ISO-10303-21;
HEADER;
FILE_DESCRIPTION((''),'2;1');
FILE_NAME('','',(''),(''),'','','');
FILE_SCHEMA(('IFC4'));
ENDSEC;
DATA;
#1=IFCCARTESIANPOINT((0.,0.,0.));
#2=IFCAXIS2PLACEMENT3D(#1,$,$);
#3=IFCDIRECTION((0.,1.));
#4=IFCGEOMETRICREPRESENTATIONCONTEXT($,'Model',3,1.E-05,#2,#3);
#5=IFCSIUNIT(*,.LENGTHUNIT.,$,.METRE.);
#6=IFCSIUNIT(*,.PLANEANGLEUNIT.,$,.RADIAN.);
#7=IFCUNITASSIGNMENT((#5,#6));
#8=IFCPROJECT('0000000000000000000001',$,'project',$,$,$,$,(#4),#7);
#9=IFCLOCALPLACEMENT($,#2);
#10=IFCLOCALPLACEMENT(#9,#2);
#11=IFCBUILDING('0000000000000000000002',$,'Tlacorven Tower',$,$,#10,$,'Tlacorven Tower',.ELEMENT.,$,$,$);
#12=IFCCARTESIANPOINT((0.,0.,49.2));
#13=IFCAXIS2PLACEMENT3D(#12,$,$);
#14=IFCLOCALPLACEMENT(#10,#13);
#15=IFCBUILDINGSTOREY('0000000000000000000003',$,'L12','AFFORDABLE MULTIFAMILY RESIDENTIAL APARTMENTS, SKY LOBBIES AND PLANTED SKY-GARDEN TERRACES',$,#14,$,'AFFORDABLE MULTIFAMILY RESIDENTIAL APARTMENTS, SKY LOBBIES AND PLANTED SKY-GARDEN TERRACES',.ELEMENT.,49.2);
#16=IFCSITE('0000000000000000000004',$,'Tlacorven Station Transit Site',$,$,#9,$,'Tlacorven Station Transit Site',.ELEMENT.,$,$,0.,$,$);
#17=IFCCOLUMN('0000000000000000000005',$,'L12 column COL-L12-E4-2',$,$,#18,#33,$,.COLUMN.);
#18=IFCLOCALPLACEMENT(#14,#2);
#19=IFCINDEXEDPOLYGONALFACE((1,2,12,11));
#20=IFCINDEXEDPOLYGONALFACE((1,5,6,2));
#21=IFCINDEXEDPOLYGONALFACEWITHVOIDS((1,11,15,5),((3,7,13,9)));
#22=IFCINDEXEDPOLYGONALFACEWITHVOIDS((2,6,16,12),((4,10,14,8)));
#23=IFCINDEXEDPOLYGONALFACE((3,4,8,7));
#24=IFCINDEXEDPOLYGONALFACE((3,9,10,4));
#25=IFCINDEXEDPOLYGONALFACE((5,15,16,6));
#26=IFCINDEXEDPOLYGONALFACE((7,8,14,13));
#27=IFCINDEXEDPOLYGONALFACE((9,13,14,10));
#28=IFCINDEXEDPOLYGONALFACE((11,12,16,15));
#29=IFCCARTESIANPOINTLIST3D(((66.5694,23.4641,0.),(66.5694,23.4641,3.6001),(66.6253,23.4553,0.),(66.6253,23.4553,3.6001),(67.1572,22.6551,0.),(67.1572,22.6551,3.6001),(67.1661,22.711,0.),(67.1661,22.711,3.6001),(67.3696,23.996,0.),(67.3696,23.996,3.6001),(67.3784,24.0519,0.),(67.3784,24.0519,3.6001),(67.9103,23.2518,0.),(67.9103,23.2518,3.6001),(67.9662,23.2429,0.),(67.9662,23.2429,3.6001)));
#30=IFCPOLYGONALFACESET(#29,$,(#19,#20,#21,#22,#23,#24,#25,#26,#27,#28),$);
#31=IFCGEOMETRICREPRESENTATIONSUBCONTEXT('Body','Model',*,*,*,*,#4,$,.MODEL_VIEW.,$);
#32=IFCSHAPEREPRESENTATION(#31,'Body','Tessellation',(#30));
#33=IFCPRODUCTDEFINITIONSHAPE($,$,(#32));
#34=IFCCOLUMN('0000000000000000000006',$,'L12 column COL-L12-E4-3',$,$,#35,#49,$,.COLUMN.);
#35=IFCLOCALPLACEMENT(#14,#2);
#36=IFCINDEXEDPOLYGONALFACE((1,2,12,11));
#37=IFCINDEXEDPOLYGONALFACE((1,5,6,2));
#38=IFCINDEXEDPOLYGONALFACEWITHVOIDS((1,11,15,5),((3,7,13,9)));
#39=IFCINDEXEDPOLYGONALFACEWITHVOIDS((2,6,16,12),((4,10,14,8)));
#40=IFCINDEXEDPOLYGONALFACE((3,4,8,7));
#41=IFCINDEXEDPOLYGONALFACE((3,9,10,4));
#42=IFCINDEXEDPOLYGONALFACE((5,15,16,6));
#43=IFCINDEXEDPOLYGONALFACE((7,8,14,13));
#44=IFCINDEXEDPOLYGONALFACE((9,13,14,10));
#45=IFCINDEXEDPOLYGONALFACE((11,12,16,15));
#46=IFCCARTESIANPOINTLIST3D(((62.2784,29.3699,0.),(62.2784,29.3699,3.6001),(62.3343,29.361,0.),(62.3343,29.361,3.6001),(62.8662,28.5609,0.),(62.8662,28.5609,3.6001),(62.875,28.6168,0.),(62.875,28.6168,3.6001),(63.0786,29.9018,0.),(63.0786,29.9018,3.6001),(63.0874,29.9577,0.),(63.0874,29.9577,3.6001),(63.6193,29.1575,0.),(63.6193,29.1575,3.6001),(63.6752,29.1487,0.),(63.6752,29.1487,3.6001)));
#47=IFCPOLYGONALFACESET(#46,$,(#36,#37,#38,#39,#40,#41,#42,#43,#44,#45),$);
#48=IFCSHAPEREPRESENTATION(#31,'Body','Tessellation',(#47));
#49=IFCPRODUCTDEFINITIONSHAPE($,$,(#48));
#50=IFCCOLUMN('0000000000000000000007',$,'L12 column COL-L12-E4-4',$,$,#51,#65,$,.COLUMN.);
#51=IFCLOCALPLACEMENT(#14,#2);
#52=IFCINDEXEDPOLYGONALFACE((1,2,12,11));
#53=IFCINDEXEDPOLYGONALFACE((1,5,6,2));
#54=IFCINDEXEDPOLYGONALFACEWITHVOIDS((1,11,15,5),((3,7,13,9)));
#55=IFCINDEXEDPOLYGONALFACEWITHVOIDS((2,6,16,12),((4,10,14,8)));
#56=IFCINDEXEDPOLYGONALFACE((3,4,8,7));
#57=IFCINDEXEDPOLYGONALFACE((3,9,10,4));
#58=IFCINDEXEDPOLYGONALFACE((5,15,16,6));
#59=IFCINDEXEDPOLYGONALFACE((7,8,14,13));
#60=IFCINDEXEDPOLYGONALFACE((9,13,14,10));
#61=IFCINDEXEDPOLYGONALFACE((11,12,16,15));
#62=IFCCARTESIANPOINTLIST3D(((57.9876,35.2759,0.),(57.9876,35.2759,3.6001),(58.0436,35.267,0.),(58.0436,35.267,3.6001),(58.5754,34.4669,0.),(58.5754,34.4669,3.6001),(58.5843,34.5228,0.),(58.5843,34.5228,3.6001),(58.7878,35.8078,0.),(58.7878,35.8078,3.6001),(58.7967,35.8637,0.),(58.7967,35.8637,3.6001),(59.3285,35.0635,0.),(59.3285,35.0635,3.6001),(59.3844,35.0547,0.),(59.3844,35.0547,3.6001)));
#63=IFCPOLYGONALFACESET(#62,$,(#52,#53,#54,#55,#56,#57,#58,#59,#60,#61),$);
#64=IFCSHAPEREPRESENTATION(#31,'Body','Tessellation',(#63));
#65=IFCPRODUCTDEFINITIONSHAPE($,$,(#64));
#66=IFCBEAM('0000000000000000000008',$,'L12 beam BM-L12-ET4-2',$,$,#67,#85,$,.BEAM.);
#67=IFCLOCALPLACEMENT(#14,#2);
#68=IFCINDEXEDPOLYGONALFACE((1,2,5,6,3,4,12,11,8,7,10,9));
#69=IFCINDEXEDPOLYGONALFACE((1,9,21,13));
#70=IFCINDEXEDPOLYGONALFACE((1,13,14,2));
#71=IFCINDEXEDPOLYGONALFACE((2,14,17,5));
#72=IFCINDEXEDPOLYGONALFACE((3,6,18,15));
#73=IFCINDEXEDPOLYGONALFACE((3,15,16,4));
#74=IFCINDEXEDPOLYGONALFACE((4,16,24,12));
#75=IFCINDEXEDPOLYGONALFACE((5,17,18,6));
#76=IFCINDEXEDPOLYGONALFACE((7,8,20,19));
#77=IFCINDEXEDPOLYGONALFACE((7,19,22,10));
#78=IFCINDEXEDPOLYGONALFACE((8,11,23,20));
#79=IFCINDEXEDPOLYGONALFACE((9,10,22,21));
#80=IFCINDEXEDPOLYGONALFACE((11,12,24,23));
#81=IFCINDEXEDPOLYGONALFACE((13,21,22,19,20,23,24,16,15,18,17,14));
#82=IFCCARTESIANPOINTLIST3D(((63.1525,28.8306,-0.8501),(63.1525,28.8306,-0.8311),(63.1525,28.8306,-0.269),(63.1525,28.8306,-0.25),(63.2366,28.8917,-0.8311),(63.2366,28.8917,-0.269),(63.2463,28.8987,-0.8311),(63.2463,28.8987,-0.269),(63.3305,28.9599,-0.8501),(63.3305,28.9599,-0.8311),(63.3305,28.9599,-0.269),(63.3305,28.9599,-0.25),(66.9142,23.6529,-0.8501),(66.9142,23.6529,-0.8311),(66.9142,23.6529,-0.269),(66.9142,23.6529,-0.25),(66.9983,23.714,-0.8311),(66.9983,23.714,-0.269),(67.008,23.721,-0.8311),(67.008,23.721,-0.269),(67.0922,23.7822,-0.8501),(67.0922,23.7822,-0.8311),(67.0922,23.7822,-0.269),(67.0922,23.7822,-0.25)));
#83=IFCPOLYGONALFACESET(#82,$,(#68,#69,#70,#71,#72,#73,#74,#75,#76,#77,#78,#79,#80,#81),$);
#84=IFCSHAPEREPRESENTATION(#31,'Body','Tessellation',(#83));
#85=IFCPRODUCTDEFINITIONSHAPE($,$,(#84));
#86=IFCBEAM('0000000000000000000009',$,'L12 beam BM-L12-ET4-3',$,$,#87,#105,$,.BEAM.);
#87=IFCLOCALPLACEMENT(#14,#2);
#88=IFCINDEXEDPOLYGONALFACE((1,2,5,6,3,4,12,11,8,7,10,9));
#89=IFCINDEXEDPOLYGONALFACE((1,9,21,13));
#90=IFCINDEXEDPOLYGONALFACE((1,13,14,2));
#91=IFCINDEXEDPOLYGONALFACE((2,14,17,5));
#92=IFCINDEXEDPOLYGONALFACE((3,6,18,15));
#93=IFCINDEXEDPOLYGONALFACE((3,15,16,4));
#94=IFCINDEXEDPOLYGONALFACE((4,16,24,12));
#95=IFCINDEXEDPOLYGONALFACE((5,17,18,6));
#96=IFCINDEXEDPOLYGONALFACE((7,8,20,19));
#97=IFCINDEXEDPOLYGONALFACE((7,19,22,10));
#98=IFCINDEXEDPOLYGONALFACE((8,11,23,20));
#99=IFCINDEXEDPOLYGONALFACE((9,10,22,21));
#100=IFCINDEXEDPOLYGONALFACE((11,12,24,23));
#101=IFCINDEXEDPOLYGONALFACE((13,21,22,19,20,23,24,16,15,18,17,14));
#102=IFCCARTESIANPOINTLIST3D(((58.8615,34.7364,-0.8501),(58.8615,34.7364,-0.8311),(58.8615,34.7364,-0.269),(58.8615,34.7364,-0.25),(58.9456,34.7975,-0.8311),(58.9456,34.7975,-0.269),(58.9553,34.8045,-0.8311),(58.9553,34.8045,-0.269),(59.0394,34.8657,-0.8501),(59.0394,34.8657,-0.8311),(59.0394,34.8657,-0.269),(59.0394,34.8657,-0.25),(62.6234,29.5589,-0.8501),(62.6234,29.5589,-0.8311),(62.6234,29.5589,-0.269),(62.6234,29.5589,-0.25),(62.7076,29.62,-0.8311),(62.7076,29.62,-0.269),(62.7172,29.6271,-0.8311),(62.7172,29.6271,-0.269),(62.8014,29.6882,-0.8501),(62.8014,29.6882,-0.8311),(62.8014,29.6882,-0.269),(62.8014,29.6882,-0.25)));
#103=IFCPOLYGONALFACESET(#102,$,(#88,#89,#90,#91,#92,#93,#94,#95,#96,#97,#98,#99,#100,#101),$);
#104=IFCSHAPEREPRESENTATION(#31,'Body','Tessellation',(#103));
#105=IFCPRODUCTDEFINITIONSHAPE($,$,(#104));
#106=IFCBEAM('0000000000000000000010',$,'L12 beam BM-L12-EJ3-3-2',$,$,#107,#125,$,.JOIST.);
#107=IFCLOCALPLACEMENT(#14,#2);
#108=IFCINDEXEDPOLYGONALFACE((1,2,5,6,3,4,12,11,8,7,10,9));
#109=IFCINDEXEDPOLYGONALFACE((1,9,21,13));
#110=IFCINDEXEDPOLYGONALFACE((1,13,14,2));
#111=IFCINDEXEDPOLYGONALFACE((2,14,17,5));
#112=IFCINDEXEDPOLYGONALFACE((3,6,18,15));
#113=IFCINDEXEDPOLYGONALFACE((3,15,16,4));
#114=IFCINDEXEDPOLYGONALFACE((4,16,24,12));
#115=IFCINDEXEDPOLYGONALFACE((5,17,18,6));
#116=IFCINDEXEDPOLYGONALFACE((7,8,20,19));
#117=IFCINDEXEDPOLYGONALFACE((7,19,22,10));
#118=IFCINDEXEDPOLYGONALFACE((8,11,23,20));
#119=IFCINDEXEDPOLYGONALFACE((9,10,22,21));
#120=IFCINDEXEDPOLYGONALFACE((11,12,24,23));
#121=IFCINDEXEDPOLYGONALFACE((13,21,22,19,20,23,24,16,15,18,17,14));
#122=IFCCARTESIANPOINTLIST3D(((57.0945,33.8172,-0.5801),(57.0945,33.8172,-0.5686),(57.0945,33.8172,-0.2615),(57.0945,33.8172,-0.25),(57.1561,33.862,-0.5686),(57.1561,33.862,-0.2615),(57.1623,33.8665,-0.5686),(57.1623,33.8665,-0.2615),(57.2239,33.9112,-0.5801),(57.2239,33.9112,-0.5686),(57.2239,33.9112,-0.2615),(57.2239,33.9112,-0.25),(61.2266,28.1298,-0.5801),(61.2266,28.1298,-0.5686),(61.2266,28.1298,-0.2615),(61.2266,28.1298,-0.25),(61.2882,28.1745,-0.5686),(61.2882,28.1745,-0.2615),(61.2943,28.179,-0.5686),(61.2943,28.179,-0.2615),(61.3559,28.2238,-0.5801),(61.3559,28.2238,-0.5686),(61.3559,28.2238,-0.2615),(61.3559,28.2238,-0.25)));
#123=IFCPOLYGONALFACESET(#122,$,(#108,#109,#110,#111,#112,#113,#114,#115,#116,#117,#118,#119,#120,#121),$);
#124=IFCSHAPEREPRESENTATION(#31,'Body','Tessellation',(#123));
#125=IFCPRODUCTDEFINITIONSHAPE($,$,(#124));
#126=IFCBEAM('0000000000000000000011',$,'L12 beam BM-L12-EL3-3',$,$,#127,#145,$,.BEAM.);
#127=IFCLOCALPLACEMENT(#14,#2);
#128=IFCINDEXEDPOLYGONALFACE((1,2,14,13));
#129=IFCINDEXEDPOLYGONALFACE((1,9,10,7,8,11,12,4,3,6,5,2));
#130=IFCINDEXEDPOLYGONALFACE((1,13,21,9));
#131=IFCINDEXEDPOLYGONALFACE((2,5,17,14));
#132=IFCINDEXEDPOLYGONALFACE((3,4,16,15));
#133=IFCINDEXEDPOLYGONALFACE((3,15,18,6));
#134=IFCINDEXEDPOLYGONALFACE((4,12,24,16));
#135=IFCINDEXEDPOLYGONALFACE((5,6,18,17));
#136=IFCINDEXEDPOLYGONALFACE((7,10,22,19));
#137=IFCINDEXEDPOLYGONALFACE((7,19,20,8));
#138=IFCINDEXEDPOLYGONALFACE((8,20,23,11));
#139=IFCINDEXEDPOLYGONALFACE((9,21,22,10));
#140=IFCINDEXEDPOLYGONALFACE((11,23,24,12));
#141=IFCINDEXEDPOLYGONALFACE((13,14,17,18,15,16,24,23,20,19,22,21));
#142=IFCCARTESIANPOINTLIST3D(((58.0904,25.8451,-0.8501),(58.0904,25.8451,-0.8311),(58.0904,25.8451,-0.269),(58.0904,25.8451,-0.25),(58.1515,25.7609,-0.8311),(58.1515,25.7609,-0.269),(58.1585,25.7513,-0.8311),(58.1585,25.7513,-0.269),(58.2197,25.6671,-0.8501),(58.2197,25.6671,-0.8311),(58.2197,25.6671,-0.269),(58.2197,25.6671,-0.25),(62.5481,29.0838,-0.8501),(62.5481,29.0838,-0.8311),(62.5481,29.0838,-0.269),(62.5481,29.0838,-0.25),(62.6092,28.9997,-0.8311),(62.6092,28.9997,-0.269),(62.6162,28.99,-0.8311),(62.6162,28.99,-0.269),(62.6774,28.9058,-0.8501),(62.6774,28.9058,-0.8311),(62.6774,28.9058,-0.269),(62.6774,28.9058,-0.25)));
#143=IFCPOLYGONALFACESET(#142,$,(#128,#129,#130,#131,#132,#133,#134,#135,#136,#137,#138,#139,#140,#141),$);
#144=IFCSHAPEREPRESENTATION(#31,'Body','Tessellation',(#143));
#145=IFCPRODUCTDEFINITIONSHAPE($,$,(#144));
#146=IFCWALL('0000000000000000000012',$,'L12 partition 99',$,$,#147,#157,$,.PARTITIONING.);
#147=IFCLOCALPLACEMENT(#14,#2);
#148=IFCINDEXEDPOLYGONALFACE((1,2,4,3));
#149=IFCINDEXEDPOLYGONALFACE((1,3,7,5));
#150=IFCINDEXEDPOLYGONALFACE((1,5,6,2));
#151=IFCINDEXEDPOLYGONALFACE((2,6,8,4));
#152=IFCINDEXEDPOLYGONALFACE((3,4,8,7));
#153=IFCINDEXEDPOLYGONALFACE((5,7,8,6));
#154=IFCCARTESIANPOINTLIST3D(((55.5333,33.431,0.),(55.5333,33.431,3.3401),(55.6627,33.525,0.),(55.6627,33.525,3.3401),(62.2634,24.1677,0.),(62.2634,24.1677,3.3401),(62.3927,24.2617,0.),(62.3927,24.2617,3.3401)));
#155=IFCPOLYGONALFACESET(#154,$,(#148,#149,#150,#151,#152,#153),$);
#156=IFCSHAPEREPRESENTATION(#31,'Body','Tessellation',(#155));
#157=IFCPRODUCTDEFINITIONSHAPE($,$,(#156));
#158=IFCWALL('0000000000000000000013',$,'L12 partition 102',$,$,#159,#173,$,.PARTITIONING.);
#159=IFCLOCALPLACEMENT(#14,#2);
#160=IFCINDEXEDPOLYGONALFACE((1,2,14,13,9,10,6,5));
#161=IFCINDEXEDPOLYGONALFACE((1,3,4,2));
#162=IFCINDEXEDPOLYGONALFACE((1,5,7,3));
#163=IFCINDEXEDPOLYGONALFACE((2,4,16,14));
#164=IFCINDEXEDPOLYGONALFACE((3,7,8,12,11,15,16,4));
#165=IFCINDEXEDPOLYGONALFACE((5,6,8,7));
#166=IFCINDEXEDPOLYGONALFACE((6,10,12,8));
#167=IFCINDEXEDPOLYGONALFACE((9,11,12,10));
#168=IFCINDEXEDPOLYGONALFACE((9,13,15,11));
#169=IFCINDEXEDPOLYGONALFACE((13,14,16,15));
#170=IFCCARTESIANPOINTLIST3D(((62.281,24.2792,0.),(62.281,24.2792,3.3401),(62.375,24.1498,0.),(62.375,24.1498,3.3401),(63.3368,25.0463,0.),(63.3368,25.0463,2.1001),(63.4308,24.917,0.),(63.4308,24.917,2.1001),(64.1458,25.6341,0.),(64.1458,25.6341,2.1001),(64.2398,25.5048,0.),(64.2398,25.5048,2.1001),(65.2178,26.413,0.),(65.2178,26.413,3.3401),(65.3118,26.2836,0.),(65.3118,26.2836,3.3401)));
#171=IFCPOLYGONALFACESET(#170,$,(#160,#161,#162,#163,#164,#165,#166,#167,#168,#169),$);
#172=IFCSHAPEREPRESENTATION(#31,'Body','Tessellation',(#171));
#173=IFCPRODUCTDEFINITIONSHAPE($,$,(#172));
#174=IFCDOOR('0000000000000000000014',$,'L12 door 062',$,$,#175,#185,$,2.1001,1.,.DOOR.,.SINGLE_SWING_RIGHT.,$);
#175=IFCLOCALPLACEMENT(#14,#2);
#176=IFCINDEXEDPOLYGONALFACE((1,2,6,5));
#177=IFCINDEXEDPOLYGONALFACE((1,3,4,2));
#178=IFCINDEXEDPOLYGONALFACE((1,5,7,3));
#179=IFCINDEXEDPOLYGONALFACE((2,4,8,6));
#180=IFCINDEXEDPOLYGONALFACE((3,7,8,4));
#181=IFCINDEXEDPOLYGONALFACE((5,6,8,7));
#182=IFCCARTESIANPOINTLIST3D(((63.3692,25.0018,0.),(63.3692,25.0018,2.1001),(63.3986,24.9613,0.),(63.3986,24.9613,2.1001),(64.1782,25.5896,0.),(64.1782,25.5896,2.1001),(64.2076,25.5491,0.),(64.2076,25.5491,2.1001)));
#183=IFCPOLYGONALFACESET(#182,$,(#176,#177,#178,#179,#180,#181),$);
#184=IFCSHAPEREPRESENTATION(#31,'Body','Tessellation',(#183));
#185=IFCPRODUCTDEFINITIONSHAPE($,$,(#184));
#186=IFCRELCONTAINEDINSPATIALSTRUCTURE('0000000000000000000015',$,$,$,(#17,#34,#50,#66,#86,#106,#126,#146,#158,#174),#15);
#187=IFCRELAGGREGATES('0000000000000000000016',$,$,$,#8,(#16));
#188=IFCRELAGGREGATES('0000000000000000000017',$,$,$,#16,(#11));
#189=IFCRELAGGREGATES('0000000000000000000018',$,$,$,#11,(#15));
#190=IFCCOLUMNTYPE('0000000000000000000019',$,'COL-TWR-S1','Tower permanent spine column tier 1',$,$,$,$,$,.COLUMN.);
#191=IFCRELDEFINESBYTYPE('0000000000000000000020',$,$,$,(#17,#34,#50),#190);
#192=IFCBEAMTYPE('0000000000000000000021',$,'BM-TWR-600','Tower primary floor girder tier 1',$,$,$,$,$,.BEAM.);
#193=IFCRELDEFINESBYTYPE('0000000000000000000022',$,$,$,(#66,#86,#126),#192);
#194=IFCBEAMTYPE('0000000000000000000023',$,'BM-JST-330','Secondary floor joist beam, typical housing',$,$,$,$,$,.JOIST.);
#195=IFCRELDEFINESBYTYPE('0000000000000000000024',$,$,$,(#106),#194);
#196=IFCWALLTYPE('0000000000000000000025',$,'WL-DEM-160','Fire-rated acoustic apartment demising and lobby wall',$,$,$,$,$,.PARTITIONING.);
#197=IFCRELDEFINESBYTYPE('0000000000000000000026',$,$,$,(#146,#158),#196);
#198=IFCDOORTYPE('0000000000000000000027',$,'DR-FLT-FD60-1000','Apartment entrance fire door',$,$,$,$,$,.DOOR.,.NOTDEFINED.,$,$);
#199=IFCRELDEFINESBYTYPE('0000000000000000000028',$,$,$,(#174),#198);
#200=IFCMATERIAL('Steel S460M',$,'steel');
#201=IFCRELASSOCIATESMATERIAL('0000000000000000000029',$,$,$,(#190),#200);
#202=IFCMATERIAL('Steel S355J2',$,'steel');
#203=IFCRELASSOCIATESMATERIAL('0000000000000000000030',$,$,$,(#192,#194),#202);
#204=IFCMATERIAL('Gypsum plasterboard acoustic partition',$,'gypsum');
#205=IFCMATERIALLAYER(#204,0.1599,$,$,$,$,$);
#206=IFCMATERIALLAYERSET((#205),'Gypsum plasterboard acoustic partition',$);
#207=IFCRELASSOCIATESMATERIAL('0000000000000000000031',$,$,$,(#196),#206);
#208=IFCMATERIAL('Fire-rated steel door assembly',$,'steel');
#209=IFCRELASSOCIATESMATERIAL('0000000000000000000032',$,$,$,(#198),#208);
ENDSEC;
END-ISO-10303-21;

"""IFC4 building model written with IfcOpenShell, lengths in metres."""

from ifc_helpers import new_model, si_unit, direction, frame, frame_2d, origin, origin_2d, place, context, subcontext, project, spatial, rectangle, hollow_rectangle, i_section, extrude, source, transform, mapped, material, layer, layer_set, material_profile, profile_set, type_object, element, fill, save


model = new_model("IFC4")

# Units and contexts
model_context = context("Model", 3, precision=1e-05, world=origin(), true_north=direction((0.0, 1.0)))
body_context = subcontext(model_context, "Body", "Model", "MODEL_VIEW")
ifc_project = project(units=[si_unit("LENGTHUNIT", "METRE"), si_unit("PLANEANGLEUNIT", "RADIAN")], contexts=[model_context])

# Site, building, storey
site_placement = place(None, origin())
site = spatial("IfcSite", under=ifc_project, at=site_placement, Name="Tlacorven Station Transit Site", LongName="Tlacorven Station Transit Site", CompositionType="ELEMENT", RefElevation=0.0)
building_placement = place(site_placement, origin())
building = spatial("IfcBuilding", under=site, at=building_placement, Name="Tlacorven Tower", LongName="Tlacorven Tower", CompositionType="ELEMENT")
storey_placement = place(building_placement, frame((0.0, 0.0, 49.2)))
storey = spatial("IfcBuildingStorey", under=building, at=storey_placement, Name="L12", Description="AFFORDABLE MULTIFAMILY RESIDENTIAL APARTMENTS, SKY LOBBIES AND PLANTED SKY-GARDEN TERRACES", LongName="AFFORDABLE MULTIFAMILY RESIDENTIAL APARTMENTS, SKY LOBBIES AND PLANTED SKY-GARDEN TERRACES", CompositionType="ELEMENT", Elevation=49.2)

# Columns
ifc_material_1 = material(Name="Steel S460M", Category="steel")
ifc_material_profile_1 = material_profile(ifc_material_1, hollow_rectangle(XDim=1.0, YDim=1.0, WallThickness=0.04, at=origin_2d()), Name="BOX 1000X1000X40")
ifc_profile_set_1 = profile_set([ifc_material_profile_1], Name="Steel S460M")
column_type = type_object("IfcColumnType", Name="COL-TWR-S1", Description="Tower permanent spine column tier 1", PredefinedType="COLUMN", material=ifc_profile_set_1)
shared_shape_1 = source(origin(), body_context, "Body", "SweptSolid", [
    extrude(hollow_rectangle(XDim=1.0, YDim=1.0, WallThickness=0.04, at=origin_2d()), origin(), (0.0, 0.0, 1.0), 3.6001),
])
for number, where, z_axis, x_axis, name in (
    (1, (67.2678, 23.3535, 0.0), (0.0, 0.0, 1.0), (0.809017, 0.587785, 0.0), "L12 column COL-L12-E4-2"),
    (2, (62.9768, 29.2593, 0.0), (0.0, 0.0, 1.0), (0.809017, 0.587785, 0.0), "L12 column COL-L12-E4-3"),
    (3, (58.686, 35.1653, 0.0), (0.0, 0.0, 1.0), (0.809017, 0.587785, 0.0), "L12 column COL-L12-E4-4"),
):
    element("IfcColumn", number, at=place(storey_placement, frame(where, z_axis=z_axis, x_axis=x_axis)), inside=storey, type_object=column_type, Name=name, PredefinedType="COLUMN", context=body_context, shape_type="MappedRepresentation", body=[
        mapped(shared_shape_1, transform((0.0, 0.0, 0.0), scale=1.0)),
    ])

# Beams
ifc_material_2 = material(Name="Steel S355J2", Category="steel")
ifc_material_profile_2 = material_profile(ifc_material_2, i_section(OverallWidth=0.22, OverallDepth=0.6001, WebThickness=0.012, FlangeThickness=0.019, at=origin_2d()), Name="IPE 600")
ifc_profile_set_2 = profile_set([ifc_material_profile_2], Name="Steel S355J2")
beam_type_1 = type_object("IfcBeamType", Name="BM-TWR-600", Description="Tower primary floor girder tier 1", PredefinedType="BEAM", material=ifc_profile_set_2)
shared_shape_2 = source(origin(), body_context, "Body", "SweptSolid", [
    extrude(i_section(OverallWidth=0.22, OverallDepth=0.6001, WebThickness=0.012, FlangeThickness=0.019, at=origin_2d()), origin(), (0.0, 0.0, 1.0), 6.3999),
])
for number, where, z_axis, x_axis, name in (
    (4, (67.0032, 23.7175, -0.55), (-0.587772, 0.809026, 0.0), (-0.809026, -0.587772, 0.0), "L12 beam BM-L12-ET4-2"),
    (5, (62.7124, 29.6235, -0.55), (-0.587816, 0.808995, 0.0), (-0.808995, -0.587816, 0.0), "L12 beam BM-L12-ET4-3"),
):
    element("IfcBeam", number, at=place(storey_placement, frame(where, z_axis=z_axis, x_axis=x_axis)), inside=storey, type_object=beam_type_1, Name=name, PredefinedType="BEAM", context=body_context, shape_type="MappedRepresentation", body=[
        mapped(shared_shape_2, transform((0.0, 0.0, 0.0), scale=1.0)),
    ])
ifc_material_profile_3 = material_profile(ifc_material_2, i_section(OverallWidth=0.1599, OverallDepth=0.3301, WebThickness=0.0076, FlangeThickness=0.0115, at=origin_2d()), Name="IPE 330")
ifc_profile_set_3 = profile_set([ifc_material_profile_3], Name="Steel S355J2")
beam_type_2 = type_object("IfcBeamType", Name="BM-JST-330", Description="Secondary floor joist beam, typical housing", PredefinedType="JOIST", material=ifc_profile_set_3)
shared_shape_3 = source(origin(), body_context, "Body", "SweptSolid", [
    extrude(i_section(OverallWidth=0.1599, OverallDepth=0.3301, WebThickness=0.0076, FlangeThickness=0.0115, at=origin_2d()), origin(), (0.0, 0.0, 1.0), 7.03),
])
beam_1_placement = place(storey_placement, frame((61.2913, 28.1768, -0.415), z_axis=(-0.587773, 0.809026, 0.0), x_axis=(-0.809026, -0.587773, 0.0)))
element("IfcBeam", 6, at=beam_1_placement, inside=storey, type_object=beam_type_2, Name="L12 beam BM-L12-EJ3-3-2", PredefinedType="JOIST", context=body_context, shape_type="MappedRepresentation", body=[
    mapped(shared_shape_3, transform((0.0, 0.0, 0.0), scale=1.0)),
])
shared_shape_4 = source(origin(), body_context, "Body", "SweptSolid", [
    extrude(i_section(OverallWidth=0.22, OverallDepth=0.6001, WebThickness=0.012, FlangeThickness=0.019, at=origin_2d()), origin(), (0.0, 0.0, 1.0), 5.51),
])
beam_2_placement = place(storey_placement, frame((58.155, 25.7561, -0.55), z_axis=(0.809016, 0.587787, 0.0), x_axis=(-0.587787, 0.809016, 0.0)))
element("IfcBeam", 7, at=beam_2_placement, inside=storey, type_object=beam_type_1, Name="L12 beam BM-L12-EL3-3", PredefinedType="BEAM", context=body_context, shape_type="MappedRepresentation", body=[
    mapped(shared_shape_4, transform((0.0, 0.0, 0.0), scale=1.0)),
])

# Wall
ifc_material_3 = material(Name="Gypsum plasterboard acoustic partition", Category="gypsum")
ifc_layer_1 = layer(ifc_material_3, 0.1599)
ifc_layer_set_1 = layer_set([ifc_layer_1], Name="Gypsum plasterboard acoustic partition")
wall_type_1 = type_object("IfcWallType", Name="WL-DEM-160", Description="Fire-rated acoustic apartment demising and lobby wall", PredefinedType="PARTITIONING", material=ifc_layer_set_1)
wall_1_placement = place(storey_placement, frame((62.3281, 24.2146, 0.0), z_axis=(0.0, 0.0, 1.0), x_axis=(-0.587779, 0.809022, 0.0)))
element("IfcWall", 8, at=wall_1_placement, inside=storey, type_object=wall_type_1, Name="L12 partition 99", PredefinedType="PARTITIONING", context=body_context, shape_type="SweptSolid", body=[
    extrude(rectangle(XDim=11.45, YDim=0.1599, at=frame_2d((5.7251, 0.0))), origin(), (0.0, 0.0, 1.0), 3.3401),
])

# Wall, opening, door
wall_2_placement = place(storey_placement, frame((62.3281, 24.2146, 0.0), z_axis=(0.0, 0.0, 1.0), x_axis=(0.809004, 0.587804, 0.0)))
wall_2 = element("IfcWall", 9, at=wall_2_placement, inside=storey, type_object=wall_type_1, Name="L12 partition 102", PredefinedType="PARTITIONING", context=body_context, shape_type="SweptSolid", body=[
    extrude(rectangle(XDim=3.6301, YDim=0.1599, at=frame_2d((1.8149, 0.0))), origin(), (0.0, 0.0, 1.0), 3.3401),
])
opening_1_placement = place(wall_2_placement, frame((1.3049, 0.0, 0.0)))
opening_1 = element("IfcOpeningElement", 10, at=opening_1_placement, cuts=wall_2, PredefinedType="OPENING", context=body_context, shape_type="SweptSolid", body=[
    extrude(rectangle(XDim=1.0, YDim=2.1001, at=frame_2d((0.5, 1.05))), frame((0.0, 0.0898, 0.0), z_axis=(0.0, -1.0, 0.0), x_axis=(1.0, 0.0, 0.0)), (0.0, 0.0, 1.0), 0.1799),
])
ifc_material_4 = material(Name="Fire-rated steel door assembly", Category="steel")
door_type_1 = type_object("IfcDoorType", Name="DR-FLT-FD60-1000", Description="Apartment entrance fire door", OperationType="NOTDEFINED", PredefinedType="DOOR", material=ifc_material_4)
shared_shape_5 = source(origin(), body_context, "Body", "SweptSolid", [
    extrude(rectangle(XDim=1.0, YDim=2.1001, at=frame_2d((0.5, 1.05))), frame((0.0, 0.0249, 0.0), z_axis=(0.0, -1.0, 0.0), x_axis=(1.0, 0.0, 0.0)), (0.0, 0.0, 1.0), 0.05),
])
door_1_placement = place(opening_1_placement, origin())
door_1 = element("IfcDoor", 11, at=door_1_placement, inside=storey, type_object=door_type_1, Name="L12 door 062", OperationType="SINGLE_SWING_RIGHT", OverallHeight=2.1001, OverallWidth=1.0, PredefinedType="DOOR", context=body_context, shape_type="MappedRepresentation", body=[
    mapped(shared_shape_5, transform((0.0, 0.0, 0.0), scale=1.0)),
])
fill(opening_1, door_1)

save(model, "model.ifc")
